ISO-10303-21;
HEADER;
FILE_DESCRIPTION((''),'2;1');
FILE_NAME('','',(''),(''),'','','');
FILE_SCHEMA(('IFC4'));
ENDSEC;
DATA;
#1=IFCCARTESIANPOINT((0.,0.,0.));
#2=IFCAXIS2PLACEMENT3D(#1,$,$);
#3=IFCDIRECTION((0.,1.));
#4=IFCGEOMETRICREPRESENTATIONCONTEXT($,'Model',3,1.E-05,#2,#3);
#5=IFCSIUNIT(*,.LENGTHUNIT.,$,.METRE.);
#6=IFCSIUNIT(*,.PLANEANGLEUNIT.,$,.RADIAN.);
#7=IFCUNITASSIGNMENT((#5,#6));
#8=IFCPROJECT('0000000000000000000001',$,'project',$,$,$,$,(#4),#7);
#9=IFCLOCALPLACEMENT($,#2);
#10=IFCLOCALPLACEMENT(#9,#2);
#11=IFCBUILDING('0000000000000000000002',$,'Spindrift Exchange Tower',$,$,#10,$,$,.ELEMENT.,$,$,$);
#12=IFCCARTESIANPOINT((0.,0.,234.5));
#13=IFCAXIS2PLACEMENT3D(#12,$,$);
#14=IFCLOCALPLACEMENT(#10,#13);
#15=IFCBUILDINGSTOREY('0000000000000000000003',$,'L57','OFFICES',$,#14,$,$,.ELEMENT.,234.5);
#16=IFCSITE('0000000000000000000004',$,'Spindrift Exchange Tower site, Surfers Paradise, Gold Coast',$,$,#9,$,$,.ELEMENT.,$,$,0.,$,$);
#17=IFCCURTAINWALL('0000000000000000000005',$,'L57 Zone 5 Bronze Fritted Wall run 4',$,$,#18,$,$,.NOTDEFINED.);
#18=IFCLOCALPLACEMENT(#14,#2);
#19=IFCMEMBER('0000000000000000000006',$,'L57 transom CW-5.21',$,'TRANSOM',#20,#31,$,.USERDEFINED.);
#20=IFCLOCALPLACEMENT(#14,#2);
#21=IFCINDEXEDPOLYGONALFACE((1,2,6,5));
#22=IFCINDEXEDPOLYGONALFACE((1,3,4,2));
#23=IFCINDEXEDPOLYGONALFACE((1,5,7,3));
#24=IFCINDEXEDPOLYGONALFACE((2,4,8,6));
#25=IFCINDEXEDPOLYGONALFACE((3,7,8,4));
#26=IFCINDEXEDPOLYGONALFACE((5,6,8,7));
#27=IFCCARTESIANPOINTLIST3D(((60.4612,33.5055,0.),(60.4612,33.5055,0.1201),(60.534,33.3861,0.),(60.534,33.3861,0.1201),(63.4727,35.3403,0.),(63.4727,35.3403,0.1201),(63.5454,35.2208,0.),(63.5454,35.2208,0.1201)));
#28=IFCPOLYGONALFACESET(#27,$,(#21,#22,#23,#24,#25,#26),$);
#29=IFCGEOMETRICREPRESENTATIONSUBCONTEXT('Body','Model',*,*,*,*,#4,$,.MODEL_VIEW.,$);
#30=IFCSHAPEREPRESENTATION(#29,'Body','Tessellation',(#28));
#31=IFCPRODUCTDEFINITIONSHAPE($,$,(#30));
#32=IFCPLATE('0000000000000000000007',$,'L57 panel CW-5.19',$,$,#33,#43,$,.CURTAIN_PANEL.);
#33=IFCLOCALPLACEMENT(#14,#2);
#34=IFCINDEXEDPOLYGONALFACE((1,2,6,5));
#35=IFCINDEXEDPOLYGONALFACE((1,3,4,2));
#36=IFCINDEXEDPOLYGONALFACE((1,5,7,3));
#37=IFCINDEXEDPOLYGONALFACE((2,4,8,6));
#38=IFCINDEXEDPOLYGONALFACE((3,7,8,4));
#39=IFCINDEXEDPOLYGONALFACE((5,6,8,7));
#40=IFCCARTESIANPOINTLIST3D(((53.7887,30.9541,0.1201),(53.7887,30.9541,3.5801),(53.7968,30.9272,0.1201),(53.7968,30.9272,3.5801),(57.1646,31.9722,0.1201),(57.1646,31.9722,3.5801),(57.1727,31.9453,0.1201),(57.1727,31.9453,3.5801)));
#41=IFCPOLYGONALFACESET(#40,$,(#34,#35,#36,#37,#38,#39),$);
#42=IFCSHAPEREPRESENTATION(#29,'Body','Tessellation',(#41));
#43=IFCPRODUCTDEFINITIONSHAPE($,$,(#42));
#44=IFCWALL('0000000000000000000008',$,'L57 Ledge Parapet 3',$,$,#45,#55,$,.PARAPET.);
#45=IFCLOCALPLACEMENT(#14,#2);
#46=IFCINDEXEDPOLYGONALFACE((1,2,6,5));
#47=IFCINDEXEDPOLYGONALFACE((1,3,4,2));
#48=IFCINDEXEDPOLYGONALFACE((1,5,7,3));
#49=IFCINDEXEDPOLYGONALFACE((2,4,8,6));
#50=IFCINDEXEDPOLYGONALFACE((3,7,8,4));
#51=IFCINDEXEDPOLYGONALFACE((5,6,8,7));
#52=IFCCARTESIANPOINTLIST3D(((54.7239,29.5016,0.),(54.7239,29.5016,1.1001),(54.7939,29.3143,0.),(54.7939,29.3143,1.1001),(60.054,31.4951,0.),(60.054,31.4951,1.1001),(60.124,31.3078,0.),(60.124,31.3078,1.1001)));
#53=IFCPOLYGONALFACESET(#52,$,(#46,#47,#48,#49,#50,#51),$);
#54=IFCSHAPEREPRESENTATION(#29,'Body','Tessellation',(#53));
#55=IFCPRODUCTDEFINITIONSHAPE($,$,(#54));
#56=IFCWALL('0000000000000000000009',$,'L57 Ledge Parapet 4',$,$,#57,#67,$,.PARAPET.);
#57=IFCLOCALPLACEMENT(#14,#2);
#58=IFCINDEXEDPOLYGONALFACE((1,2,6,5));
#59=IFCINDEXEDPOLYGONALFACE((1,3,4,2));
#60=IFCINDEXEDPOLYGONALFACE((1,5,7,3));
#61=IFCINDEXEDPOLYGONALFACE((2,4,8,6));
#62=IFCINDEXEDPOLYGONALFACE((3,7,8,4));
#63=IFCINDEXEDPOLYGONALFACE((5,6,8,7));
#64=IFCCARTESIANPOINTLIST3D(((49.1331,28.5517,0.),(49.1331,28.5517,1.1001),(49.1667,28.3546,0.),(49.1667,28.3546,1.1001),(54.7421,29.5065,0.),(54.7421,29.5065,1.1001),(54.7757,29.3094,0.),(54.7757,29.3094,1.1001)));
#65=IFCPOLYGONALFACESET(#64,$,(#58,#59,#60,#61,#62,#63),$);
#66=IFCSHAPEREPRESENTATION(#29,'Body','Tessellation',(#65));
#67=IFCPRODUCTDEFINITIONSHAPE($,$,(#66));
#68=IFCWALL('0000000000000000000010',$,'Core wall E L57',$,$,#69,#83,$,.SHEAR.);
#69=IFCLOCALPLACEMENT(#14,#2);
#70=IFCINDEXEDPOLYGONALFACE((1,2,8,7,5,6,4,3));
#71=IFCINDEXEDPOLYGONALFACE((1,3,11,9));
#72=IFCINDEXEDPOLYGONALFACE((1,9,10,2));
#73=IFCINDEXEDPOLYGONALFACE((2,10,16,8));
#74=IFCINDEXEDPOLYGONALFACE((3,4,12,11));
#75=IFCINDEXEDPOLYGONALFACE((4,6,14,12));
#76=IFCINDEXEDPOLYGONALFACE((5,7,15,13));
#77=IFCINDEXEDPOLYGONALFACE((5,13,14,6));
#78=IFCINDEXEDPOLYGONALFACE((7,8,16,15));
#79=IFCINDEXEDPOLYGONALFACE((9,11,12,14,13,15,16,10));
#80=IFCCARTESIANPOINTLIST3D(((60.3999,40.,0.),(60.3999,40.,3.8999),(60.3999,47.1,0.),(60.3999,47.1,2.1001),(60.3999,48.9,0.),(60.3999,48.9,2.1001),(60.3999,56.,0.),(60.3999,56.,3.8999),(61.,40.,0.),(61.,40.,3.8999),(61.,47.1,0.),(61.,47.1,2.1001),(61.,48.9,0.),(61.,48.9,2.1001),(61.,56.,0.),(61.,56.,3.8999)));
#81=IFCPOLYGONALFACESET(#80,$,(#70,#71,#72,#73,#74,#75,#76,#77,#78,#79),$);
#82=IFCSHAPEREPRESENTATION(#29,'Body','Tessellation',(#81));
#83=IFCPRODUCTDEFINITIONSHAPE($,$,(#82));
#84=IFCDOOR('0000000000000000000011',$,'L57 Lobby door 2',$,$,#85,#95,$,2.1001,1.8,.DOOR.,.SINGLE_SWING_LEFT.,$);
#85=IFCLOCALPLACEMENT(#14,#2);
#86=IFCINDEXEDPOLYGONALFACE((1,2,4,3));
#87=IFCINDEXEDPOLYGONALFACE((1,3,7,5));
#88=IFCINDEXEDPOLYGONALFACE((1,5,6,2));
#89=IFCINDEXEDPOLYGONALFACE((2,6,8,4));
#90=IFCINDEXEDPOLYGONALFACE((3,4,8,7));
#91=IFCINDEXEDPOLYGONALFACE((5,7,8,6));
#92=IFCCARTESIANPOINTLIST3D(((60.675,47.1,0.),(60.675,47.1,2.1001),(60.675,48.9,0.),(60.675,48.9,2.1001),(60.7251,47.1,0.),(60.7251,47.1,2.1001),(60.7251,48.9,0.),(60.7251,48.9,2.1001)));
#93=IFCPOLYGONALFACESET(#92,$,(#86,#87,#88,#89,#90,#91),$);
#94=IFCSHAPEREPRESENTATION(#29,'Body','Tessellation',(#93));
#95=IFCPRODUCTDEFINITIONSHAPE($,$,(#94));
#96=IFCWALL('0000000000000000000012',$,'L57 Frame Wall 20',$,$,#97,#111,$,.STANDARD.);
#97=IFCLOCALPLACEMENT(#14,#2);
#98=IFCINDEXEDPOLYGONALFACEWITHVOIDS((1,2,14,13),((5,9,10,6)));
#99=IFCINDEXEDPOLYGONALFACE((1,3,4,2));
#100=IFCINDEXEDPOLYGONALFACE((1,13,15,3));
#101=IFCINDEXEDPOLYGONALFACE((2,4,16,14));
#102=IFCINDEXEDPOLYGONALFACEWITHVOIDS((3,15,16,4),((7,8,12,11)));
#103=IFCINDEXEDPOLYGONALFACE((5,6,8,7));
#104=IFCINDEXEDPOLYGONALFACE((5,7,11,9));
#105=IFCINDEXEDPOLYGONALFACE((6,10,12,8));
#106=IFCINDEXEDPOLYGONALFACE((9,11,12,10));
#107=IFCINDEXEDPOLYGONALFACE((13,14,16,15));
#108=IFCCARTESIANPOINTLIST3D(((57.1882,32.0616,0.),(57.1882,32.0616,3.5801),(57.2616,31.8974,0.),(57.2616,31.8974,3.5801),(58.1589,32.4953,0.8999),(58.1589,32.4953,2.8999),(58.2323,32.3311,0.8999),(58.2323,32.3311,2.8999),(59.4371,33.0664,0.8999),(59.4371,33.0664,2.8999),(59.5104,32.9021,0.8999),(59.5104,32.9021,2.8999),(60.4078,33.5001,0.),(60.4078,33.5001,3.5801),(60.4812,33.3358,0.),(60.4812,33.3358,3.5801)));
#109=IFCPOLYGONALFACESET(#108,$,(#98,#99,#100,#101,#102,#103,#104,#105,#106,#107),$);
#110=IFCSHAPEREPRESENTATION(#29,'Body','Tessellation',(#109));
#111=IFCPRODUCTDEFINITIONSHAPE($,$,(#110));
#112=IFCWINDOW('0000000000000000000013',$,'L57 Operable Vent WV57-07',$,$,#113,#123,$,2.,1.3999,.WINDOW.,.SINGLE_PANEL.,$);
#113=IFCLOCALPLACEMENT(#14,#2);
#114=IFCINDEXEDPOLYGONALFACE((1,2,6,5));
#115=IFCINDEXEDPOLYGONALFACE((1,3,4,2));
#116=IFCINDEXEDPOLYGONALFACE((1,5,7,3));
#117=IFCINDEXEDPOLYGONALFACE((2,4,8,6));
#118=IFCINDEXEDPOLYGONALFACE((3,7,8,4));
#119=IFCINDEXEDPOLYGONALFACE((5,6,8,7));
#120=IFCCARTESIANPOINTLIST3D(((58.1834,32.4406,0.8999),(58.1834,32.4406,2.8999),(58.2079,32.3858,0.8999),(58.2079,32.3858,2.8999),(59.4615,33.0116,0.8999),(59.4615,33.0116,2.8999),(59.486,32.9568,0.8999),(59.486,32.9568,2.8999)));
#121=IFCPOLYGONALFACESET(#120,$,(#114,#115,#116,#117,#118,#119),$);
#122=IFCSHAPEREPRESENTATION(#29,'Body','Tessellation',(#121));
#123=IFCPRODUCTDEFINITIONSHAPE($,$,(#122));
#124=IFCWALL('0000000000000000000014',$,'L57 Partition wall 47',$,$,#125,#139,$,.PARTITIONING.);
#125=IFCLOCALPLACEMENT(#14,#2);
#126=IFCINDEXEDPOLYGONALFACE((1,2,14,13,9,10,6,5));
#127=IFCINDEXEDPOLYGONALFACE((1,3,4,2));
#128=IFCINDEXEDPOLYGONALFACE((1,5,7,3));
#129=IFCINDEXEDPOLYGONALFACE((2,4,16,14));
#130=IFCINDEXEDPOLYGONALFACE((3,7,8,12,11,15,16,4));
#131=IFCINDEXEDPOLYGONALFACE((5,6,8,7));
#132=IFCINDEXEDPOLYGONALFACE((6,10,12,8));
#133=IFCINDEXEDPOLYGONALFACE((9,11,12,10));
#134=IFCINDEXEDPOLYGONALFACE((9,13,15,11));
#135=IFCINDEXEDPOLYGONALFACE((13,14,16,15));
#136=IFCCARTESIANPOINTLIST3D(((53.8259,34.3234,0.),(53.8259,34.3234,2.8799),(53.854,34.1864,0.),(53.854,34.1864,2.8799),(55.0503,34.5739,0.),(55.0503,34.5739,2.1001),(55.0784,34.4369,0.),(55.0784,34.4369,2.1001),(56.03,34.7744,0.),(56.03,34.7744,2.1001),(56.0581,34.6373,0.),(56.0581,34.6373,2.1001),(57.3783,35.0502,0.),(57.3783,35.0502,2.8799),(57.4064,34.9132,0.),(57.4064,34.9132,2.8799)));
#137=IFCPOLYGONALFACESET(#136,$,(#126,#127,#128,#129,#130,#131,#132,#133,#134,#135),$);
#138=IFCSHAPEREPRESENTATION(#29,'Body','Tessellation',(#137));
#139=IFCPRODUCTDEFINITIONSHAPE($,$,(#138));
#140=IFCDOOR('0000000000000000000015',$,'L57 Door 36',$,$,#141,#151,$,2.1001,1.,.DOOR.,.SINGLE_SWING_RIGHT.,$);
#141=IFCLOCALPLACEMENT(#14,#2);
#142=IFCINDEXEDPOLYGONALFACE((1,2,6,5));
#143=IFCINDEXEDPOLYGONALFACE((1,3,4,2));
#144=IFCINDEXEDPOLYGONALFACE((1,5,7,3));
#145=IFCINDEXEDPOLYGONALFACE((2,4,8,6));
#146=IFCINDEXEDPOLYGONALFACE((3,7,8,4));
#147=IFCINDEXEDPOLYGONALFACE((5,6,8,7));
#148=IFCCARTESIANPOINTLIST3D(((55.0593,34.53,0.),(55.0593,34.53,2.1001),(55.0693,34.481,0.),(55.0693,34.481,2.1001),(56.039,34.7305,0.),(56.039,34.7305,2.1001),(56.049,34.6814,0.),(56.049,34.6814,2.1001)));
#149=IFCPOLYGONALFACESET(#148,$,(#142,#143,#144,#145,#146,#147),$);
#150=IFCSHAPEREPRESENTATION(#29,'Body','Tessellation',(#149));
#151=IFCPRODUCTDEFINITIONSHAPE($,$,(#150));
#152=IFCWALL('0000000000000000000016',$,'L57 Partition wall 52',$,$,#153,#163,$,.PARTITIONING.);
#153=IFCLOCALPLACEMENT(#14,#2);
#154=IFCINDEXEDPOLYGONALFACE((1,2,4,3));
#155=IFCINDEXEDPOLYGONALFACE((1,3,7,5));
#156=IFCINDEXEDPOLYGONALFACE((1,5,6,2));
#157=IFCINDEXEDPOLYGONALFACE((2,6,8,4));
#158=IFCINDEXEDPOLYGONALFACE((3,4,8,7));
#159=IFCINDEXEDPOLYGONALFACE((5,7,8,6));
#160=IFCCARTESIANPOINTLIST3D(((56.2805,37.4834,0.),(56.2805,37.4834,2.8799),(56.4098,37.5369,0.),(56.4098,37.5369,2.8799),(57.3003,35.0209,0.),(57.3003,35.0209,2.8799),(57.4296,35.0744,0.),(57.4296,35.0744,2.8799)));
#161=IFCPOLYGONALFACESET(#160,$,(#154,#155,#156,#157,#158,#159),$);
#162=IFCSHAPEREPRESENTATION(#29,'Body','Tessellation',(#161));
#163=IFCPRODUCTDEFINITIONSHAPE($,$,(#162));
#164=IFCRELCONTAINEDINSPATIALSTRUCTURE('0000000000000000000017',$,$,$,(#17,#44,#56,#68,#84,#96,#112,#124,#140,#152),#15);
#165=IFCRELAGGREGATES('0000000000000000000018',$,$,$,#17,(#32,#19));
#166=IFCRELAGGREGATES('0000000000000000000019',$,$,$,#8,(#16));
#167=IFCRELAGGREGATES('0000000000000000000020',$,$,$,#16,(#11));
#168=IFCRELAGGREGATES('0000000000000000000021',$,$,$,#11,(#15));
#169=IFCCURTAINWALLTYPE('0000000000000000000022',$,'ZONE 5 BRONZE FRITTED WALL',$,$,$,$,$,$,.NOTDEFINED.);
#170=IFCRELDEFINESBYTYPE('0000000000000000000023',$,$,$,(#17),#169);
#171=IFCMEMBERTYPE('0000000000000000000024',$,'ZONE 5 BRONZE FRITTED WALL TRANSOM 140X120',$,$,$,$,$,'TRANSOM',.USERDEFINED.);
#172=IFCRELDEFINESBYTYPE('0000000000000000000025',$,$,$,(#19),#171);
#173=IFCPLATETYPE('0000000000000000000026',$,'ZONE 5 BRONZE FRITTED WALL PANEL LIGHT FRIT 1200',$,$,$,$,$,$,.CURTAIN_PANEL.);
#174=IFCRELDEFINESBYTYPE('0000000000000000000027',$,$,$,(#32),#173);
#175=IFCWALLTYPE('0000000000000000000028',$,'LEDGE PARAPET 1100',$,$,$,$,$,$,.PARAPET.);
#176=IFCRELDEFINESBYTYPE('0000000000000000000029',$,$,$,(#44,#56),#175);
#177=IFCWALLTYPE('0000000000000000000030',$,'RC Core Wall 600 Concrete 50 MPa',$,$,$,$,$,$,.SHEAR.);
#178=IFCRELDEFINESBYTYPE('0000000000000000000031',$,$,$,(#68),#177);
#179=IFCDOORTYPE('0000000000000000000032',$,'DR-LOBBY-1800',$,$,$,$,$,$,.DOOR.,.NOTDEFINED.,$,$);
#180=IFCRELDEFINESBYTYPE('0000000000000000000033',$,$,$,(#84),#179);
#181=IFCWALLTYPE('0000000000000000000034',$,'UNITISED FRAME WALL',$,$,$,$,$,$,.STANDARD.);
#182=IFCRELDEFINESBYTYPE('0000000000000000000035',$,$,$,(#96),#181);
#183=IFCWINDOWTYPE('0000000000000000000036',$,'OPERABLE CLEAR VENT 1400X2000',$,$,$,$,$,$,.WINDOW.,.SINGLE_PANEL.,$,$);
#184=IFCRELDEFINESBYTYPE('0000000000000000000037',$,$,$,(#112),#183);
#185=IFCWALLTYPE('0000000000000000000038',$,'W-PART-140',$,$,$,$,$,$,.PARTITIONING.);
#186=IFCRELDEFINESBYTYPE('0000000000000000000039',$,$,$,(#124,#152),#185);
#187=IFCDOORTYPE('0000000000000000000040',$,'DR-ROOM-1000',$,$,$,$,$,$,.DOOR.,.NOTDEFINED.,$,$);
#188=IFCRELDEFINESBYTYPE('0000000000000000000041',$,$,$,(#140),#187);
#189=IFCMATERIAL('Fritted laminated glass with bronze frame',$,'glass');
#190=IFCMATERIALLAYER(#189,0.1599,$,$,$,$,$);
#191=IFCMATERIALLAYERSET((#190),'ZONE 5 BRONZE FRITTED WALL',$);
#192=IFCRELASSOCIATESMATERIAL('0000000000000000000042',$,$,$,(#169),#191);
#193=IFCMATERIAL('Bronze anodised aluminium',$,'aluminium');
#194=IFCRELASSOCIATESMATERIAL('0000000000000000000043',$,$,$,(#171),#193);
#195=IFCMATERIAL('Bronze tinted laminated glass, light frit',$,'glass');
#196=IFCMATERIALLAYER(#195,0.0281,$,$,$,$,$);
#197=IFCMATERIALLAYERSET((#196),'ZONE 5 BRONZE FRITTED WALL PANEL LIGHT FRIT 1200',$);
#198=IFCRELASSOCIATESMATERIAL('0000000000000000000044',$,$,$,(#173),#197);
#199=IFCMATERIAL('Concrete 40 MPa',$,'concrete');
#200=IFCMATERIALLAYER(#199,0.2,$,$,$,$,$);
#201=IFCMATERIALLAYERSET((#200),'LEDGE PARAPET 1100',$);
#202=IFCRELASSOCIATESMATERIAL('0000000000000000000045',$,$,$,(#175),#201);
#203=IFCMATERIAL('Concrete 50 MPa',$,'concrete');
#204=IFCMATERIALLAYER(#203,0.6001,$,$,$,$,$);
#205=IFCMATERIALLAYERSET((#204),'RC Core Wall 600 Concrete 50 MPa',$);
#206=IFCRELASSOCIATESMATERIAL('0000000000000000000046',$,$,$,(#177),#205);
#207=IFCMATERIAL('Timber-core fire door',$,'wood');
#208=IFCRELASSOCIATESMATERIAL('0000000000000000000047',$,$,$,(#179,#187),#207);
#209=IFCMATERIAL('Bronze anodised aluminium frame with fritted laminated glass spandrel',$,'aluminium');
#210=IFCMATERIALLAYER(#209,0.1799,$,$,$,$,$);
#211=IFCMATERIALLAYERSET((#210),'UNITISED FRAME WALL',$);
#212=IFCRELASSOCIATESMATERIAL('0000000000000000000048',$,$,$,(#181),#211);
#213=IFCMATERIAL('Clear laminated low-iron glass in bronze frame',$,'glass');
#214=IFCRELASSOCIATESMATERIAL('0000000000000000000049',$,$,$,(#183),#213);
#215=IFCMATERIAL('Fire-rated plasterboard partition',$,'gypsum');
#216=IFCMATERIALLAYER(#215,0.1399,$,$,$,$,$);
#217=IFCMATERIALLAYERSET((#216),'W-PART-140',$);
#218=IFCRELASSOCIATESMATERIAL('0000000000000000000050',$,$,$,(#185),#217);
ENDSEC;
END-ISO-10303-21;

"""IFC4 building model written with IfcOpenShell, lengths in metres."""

from ifc_helpers import new_model, si_unit, direction, frame, frame_2d, origin, origin_2d, place, context, subcontext, project, spatial, rectangle, extrude, source, transform, mapped, material, layer, layer_set, material_profile, profile_set, type_object, element, fill, aggregate, save


model = new_model("IFC4")

# Units and contexts
model_context = context("Model", 3, precision=1e-05, world=origin(), true_north=direction((0.0, 1.0)))
body_context = subcontext(model_context, "Body", "Model", "MODEL_VIEW")
ifc_project = project(units=[si_unit("LENGTHUNIT", "METRE"), si_unit("PLANEANGLEUNIT", "RADIAN")], contexts=[model_context])

# Site, building, storey
site_placement = place(None, origin())
site = spatial("IfcSite", under=ifc_project, at=site_placement, Name="Spindrift Exchange Tower site, Surfers Paradise, Gold Coast", CompositionType="ELEMENT", RefElevation=0.0)
building_placement = place(site_placement, origin())
building = spatial("IfcBuilding", under=site, at=building_placement, Name="Spindrift Exchange Tower", CompositionType="ELEMENT")
storey_placement = place(building_placement, frame((0.0, 0.0, 234.5)))
storey = spatial("IfcBuildingStorey", under=building, at=storey_placement, Name="L57", Description="OFFICES", CompositionType="ELEMENT", Elevation=234.5)

# Shared definitions
ifc_material_1 = material(Name="Concrete 40 MPa", Category="concrete")

# Curtain wall, member, plate
ifc_material_2 = material(Name="Fritted laminated glass with bronze frame", Category="glass")
ifc_layer_1 = layer(ifc_material_2, 0.1599)
ifc_layer_set_1 = layer_set([ifc_layer_1], Name="ZONE 5 BRONZE FRITTED WALL")
curtain_wall_type = type_object("IfcCurtainWallType", Name="ZONE 5 BRONZE FRITTED WALL", PredefinedType="NOTDEFINED", material=ifc_layer_set_1)
curtain_wall_placement = place(storey_placement, origin())
curtain_wall = element("IfcCurtainWall", 1, at=curtain_wall_placement, inside=storey, type_object=curtain_wall_type, Name="L57 Zone 5 Bronze Fritted Wall run 4", PredefinedType="NOTDEFINED")
ifc_material_3 = material(Name="Bronze anodised aluminium", Category="aluminium")
ifc_material_profile_1 = material_profile(ifc_material_3, rectangle(XDim=0.1399, YDim=0.1201, at=origin_2d()), Name="ZONE 5 BRONZE FRITTED WALL TRANSOM 140X120")
ifc_profile_set_1 = profile_set([ifc_material_profile_1], Name="Bronze anodised aluminium")
member_type_1 = type_object("IfcMemberType", Name="ZONE 5 BRONZE FRITTED WALL TRANSOM 140X120", ElementType="TRANSOM", PredefinedType="USERDEFINED", material=ifc_profile_set_1)
shared_shape_1 = source(origin(), body_context, "Body", "SweptSolid", [
    extrude(rectangle(XDim=0.1399, YDim=0.1201, at=origin_2d()), origin(), (0.0, 0.0, 1.0), 3.5264),
])
member_1_placement = place(storey_placement, frame((60.4976, 33.4458, 0.0601), z_axis=(0.853991, 0.520287, 0.0), x_axis=(-0.520287, 0.853991, 0.0)))
member_1 = element("IfcMember", 2, at=member_1_placement, type_object=member_type_1, Name="L57 transom CW-5.21", ObjectType="TRANSOM", PredefinedType="USERDEFINED", context=body_context, shape_type="MappedRepresentation", body=[
    mapped(shared_shape_1, transform((0.0, 0.0, 0.0), scale=1.0)),
])
ifc_material_4 = material(Name="Bronze tinted laminated glass, light frit", Category="glass")
ifc_layer_2 = layer(ifc_material_4, 0.0281)
ifc_layer_set_2 = layer_set([ifc_layer_2], Name="ZONE 5 BRONZE FRITTED WALL PANEL LIGHT FRIT 1200")
plate_type = type_object("IfcPlateType", Name="ZONE 5 BRONZE FRITTED WALL PANEL LIGHT FRIT 1200", PredefinedType="CURTAIN_PANEL", material=ifc_layer_set_2)
shared_shape_2 = source(origin(), body_context, "Body", "SweptSolid", [
    extrude(rectangle(XDim=3.5261, YDim=0.0281, at=origin_2d()), origin(), (0.0, 0.0, 1.0), 3.46),
])
plate_placement = place(storey_placement, frame((55.4807, 31.4497, 0.1201), z_axis=(0.0, 0.0, 1.0), x_axis=(0.957407, 0.288741, 0.0)))
plate = element("IfcPlate", 3, at=plate_placement, type_object=plate_type, Name="L57 panel CW-5.19", PredefinedType="CURTAIN_PANEL", context=body_context, shape_type="MappedRepresentation", body=[
    mapped(shared_shape_2, transform((0.0, 0.0, 0.0), scale=1.0)),
])
aggregate(curtain_wall, [plate, member_1])

# Walls
ifc_layer_3 = layer(ifc_material_1, 0.2)
ifc_layer_set_3 = layer_set([ifc_layer_3], Name="LEDGE PARAPET 1100")
wall_type_1 = type_object("IfcWallType", Name="LEDGE PARAPET 1100", PredefinedType="PARAPET", material=ifc_layer_set_3)
wall_1_placement = place(storey_placement, frame((60.0889, 31.4014, 0.0), z_axis=(0.0, 0.0, 1.0), x_axis=(-0.936639, -0.350296, 0.0)))
element("IfcWall", 4, at=wall_1_placement, inside=storey, type_object=wall_type_1, Name="L57 Ledge Parapet 3", PredefinedType="PARAPET", context=body_context, shape_type="SweptSolid", body=[
    extrude(rectangle(XDim=5.6907, YDim=0.2, at=frame_2d((2.8452, 0.0))), origin(), (0.0, 0.0, 1.0), 1.1001),
])
wall_2_placement = place(storey_placement, frame((54.7588, 29.408, 0.0), z_axis=(0.0, 0.0, 1.0), x_axis=(-0.985817, -0.167822, 0.0)))
element("IfcWall", 5, at=wall_2_placement, inside=storey, type_object=wall_type_1, Name="L57 Ledge Parapet 4", PredefinedType="PARAPET", context=body_context, shape_type="SweptSolid", body=[
    extrude(rectangle(XDim=5.6897, YDim=0.2, at=frame_2d((2.8447, 0.0))), origin(), (0.0, 0.0, 1.0), 1.1001),
])

# Wall, opening, door
ifc_material_5 = material(Name="Concrete 50 MPa", Category="concrete")
ifc_layer_4 = layer(ifc_material_5, 0.6001)
ifc_layer_set_4 = layer_set([ifc_layer_4], Name="RC Core Wall 600 Concrete 50 MPa")
wall_type_2 = type_object("IfcWallType", Name="RC Core Wall 600 Concrete 50 MPa", PredefinedType="SHEAR", material=ifc_layer_set_4)
wall_3_placement = place(storey_placement, frame((60.7, 40.0, 0.0), z_axis=(0.0, 0.0, 1.0), x_axis=(0.0, 1.0, 0.0)))
wall_3 = element("IfcWall", 6, at=wall_3_placement, inside=storey, type_object=wall_type_2, Name="Core wall E L57", PredefinedType="SHEAR", context=body_context, shape_type="SweptSolid", body=[
    extrude(rectangle(XDim=16.0, YDim=0.6001, at=frame_2d((8.0, 0.0))), origin(), (0.0, 0.0, 1.0), 3.8999),
])
opening_1_placement = place(wall_3_placement, frame((7.1001, 0.0, 0.0)))
opening_1 = element("IfcOpeningElement", 7, at=opening_1_placement, cuts=wall_3, PredefinedType="OPENING", context=body_context, shape_type="SweptSolid", body=[
    extrude(rectangle(XDim=1.8, YDim=2.1001, at=frame_2d((0.8999, 1.05))), frame((0.0, 0.3101, 0.0), z_axis=(0.0, -1.0, 0.0), x_axis=(1.0, 0.0, 0.0)), (0.0, 0.0, 1.0), 0.6201),
])
ifc_material_6 = material(Name="Timber-core fire door", Category="wood")
door_type_1 = type_object("IfcDoorType", Name="DR-LOBBY-1800", OperationType="NOTDEFINED", PredefinedType="DOOR", material=ifc_material_6)
shared_shape_3 = source(origin(), body_context, "Body", "SweptSolid", [
    extrude(rectangle(XDim=1.8, YDim=2.1001, at=frame_2d((0.8999, 1.05))), frame((0.0, 0.0249, 0.0), z_axis=(0.0, -1.0, 0.0), x_axis=(1.0, 0.0, 0.0)), (0.0, 0.0, 1.0), 0.05),
])
door_1_placement = place(opening_1_placement, origin())
door_1 = element("IfcDoor", 8, at=door_1_placement, inside=storey, type_object=door_type_1, Name="L57 Lobby door 2", OperationType="SINGLE_SWING_LEFT", OverallHeight=2.1001, OverallWidth=1.8, PredefinedType="DOOR", context=body_context, shape_type="MappedRepresentation", body=[
    mapped(shared_shape_3, transform((0.0, 0.0, 0.0), scale=1.0)),
])
fill(opening_1, door_1)

# Wall, opening, window
ifc_material_7 = material(Name="Bronze anodised aluminium frame with fritted laminated glass spandrel", Category="aluminium")
ifc_layer_5 = layer(ifc_material_7, 0.1799)
ifc_layer_set_5 = layer_set([ifc_layer_5], Name="UNITISED FRAME WALL")
wall_type_3 = type_object("IfcWallType", Name="UNITISED FRAME WALL", PredefinedType="STANDARD", material=ifc_layer_set_5)
wall_4_placement = place(storey_placement, frame((57.2249, 31.9795, 0.0), z_axis=(0.0, 0.0, 1.0), x_axis=(0.913022, 0.407911, 0.0)))
wall_4 = element("IfcWall", 9, at=wall_4_placement, inside=storey, type_object=wall_type_3, Name="L57 Frame Wall 20", PredefinedType="STANDARD", context=body_context, shape_type="SweptSolid", body=[
    extrude(rectangle(XDim=3.5264, YDim=0.1799, at=frame_2d((1.7632, 0.0))), origin(), (0.0, 0.0, 1.0), 3.5801),
])
opening_2_placement = place(wall_4_placement, frame((1.0632, 0.0, 0.8999)))
opening_2 = element("IfcOpeningElement", 10, at=opening_2_placement, cuts=wall_4, PredefinedType="OPENING", context=body_context, shape_type="SweptSolid", body=[
    extrude(rectangle(XDim=1.3999, YDim=2.0, at=frame_2d((0.7, 1.0))), frame((0.0, 0.0999, 0.0), z_axis=(0.0, -1.0, 0.0), x_axis=(1.0, 0.0, 0.0)), (0.0, 0.0, 1.0), 0.2),
])
ifc_material_8 = material(Name="Clear laminated low-iron glass in bronze frame", Category="glass")
window_type = type_object("IfcWindowType", Name="OPERABLE CLEAR VENT 1400X2000", PartitioningType="SINGLE_PANEL", PredefinedType="WINDOW", material=ifc_material_8)
shared_shape_4 = source(origin(), body_context, "Body", "SweptSolid", [
    extrude(rectangle(XDim=1.3999, YDim=2.0, at=frame_2d((0.7, 1.0))), frame((0.0, 0.03, 0.0), z_axis=(0.0, -1.0, 0.0), x_axis=(1.0, 0.0, 0.0)), (0.0, 0.0, 1.0), 0.0601),
])
window_placement = place(opening_2_placement, origin())
window = element("IfcWindow", 11, at=window_placement, inside=storey, type_object=window_type, Name="L57 Operable Vent WV57-07", OverallHeight=2.0, OverallWidth=1.3999, PartitioningType="SINGLE_PANEL", PredefinedType="WINDOW", context=body_context, shape_type="MappedRepresentation", body=[
    mapped(shared_shape_4, transform((0.0, 0.0, 0.0), scale=1.0)),
])
fill(opening_2, window)

# Wall, opening, door
ifc_material_9 = material(Name="Fire-rated plasterboard partition", Category="gypsum")
ifc_layer_6 = layer(ifc_material_9, 0.1399)
ifc_layer_set_6 = layer_set([ifc_layer_6], Name="W-PART-140")
wall_type_4 = type_object("IfcWallType", Name="W-PART-140", PredefinedType="PARTITIONING", material=ifc_layer_set_6)
wall_5_placement = place(storey_placement, frame((57.3923, 34.9817, 0.0), z_axis=(0.0, 0.0, 1.0), x_axis=(-0.979706, -0.200439, 0.0)))
wall_5 = element("IfcWall", 12, at=wall_5_placement, inside=storey, type_object=wall_type_4, Name="L57 Partition wall 47", PredefinedType="PARTITIONING", context=body_context, shape_type="SweptSolid", body=[
    extrude(rectangle(XDim=3.626, YDim=0.1399, at=frame_2d((1.813, 0.0))), origin(), (0.0, 0.0, 1.0), 2.8799),
])
opening_3_placement = place(wall_5_placement, frame((1.3762, 0.0, 0.0)))
opening_3 = element("IfcOpeningElement", 13, at=opening_3_placement, cuts=wall_5, PredefinedType="OPENING", context=body_context, shape_type="SweptSolid", body=[
    extrude(rectangle(XDim=1.0, YDim=2.1001, at=frame_2d((0.5, 1.05))), frame((0.0, 0.0798, 0.0), z_axis=(0.0, -1.0, 0.0), x_axis=(1.0, 0.0, 0.0)), (0.0, 0.0, 1.0), 0.1599),
])
door_type_2 = type_object("IfcDoorType", Name="DR-ROOM-1000", OperationType="NOTDEFINED", PredefinedType="DOOR", material=ifc_material_6)
shared_shape_5 = source(origin(), body_context, "Body", "SweptSolid", [
    extrude(rectangle(XDim=1.0, YDim=2.1001, at=frame_2d((0.5, 1.05))), frame((0.0, 0.0249, 0.0), z_axis=(0.0, -1.0, 0.0), x_axis=(1.0, 0.0, 0.0)), (0.0, 0.0, 1.0), 0.05),
])
door_2_placement = place(opening_3_placement, origin())
door_2 = element("IfcDoor", 14, at=door_2_placement, inside=storey, type_object=door_type_2, Name="L57 Door 36", OperationType="SINGLE_SWING_RIGHT", OverallHeight=2.1001, OverallWidth=1.0, PredefinedType="DOOR", context=body_context, shape_type="MappedRepresentation", body=[
    mapped(shared_shape_5, transform((0.0, 0.0, 0.0), scale=1.0)),
])
fill(opening_3, door_2)

# Wall
wall_6_placement = place(storey_placement, frame((56.3452, 37.51, 0.0), z_axis=(0.0, 0.0, 1.0), x_axis=(0.382624, -0.923904, 0.0)))
element("IfcWall", 15, at=wall_6_placement, inside=storey, type_object=wall_type_4, Name="L57 Partition wall 52", PredefinedType="PARTITIONING", context=body_context, shape_type="SweptSolid", body=[
    extrude(rectangle(XDim=2.6653, YDim=0.1399, at=frame_2d((1.3325, 0.0))), origin(), (0.0, 0.0, 1.0), 2.8799),
])

save(model, "model.ifc")
